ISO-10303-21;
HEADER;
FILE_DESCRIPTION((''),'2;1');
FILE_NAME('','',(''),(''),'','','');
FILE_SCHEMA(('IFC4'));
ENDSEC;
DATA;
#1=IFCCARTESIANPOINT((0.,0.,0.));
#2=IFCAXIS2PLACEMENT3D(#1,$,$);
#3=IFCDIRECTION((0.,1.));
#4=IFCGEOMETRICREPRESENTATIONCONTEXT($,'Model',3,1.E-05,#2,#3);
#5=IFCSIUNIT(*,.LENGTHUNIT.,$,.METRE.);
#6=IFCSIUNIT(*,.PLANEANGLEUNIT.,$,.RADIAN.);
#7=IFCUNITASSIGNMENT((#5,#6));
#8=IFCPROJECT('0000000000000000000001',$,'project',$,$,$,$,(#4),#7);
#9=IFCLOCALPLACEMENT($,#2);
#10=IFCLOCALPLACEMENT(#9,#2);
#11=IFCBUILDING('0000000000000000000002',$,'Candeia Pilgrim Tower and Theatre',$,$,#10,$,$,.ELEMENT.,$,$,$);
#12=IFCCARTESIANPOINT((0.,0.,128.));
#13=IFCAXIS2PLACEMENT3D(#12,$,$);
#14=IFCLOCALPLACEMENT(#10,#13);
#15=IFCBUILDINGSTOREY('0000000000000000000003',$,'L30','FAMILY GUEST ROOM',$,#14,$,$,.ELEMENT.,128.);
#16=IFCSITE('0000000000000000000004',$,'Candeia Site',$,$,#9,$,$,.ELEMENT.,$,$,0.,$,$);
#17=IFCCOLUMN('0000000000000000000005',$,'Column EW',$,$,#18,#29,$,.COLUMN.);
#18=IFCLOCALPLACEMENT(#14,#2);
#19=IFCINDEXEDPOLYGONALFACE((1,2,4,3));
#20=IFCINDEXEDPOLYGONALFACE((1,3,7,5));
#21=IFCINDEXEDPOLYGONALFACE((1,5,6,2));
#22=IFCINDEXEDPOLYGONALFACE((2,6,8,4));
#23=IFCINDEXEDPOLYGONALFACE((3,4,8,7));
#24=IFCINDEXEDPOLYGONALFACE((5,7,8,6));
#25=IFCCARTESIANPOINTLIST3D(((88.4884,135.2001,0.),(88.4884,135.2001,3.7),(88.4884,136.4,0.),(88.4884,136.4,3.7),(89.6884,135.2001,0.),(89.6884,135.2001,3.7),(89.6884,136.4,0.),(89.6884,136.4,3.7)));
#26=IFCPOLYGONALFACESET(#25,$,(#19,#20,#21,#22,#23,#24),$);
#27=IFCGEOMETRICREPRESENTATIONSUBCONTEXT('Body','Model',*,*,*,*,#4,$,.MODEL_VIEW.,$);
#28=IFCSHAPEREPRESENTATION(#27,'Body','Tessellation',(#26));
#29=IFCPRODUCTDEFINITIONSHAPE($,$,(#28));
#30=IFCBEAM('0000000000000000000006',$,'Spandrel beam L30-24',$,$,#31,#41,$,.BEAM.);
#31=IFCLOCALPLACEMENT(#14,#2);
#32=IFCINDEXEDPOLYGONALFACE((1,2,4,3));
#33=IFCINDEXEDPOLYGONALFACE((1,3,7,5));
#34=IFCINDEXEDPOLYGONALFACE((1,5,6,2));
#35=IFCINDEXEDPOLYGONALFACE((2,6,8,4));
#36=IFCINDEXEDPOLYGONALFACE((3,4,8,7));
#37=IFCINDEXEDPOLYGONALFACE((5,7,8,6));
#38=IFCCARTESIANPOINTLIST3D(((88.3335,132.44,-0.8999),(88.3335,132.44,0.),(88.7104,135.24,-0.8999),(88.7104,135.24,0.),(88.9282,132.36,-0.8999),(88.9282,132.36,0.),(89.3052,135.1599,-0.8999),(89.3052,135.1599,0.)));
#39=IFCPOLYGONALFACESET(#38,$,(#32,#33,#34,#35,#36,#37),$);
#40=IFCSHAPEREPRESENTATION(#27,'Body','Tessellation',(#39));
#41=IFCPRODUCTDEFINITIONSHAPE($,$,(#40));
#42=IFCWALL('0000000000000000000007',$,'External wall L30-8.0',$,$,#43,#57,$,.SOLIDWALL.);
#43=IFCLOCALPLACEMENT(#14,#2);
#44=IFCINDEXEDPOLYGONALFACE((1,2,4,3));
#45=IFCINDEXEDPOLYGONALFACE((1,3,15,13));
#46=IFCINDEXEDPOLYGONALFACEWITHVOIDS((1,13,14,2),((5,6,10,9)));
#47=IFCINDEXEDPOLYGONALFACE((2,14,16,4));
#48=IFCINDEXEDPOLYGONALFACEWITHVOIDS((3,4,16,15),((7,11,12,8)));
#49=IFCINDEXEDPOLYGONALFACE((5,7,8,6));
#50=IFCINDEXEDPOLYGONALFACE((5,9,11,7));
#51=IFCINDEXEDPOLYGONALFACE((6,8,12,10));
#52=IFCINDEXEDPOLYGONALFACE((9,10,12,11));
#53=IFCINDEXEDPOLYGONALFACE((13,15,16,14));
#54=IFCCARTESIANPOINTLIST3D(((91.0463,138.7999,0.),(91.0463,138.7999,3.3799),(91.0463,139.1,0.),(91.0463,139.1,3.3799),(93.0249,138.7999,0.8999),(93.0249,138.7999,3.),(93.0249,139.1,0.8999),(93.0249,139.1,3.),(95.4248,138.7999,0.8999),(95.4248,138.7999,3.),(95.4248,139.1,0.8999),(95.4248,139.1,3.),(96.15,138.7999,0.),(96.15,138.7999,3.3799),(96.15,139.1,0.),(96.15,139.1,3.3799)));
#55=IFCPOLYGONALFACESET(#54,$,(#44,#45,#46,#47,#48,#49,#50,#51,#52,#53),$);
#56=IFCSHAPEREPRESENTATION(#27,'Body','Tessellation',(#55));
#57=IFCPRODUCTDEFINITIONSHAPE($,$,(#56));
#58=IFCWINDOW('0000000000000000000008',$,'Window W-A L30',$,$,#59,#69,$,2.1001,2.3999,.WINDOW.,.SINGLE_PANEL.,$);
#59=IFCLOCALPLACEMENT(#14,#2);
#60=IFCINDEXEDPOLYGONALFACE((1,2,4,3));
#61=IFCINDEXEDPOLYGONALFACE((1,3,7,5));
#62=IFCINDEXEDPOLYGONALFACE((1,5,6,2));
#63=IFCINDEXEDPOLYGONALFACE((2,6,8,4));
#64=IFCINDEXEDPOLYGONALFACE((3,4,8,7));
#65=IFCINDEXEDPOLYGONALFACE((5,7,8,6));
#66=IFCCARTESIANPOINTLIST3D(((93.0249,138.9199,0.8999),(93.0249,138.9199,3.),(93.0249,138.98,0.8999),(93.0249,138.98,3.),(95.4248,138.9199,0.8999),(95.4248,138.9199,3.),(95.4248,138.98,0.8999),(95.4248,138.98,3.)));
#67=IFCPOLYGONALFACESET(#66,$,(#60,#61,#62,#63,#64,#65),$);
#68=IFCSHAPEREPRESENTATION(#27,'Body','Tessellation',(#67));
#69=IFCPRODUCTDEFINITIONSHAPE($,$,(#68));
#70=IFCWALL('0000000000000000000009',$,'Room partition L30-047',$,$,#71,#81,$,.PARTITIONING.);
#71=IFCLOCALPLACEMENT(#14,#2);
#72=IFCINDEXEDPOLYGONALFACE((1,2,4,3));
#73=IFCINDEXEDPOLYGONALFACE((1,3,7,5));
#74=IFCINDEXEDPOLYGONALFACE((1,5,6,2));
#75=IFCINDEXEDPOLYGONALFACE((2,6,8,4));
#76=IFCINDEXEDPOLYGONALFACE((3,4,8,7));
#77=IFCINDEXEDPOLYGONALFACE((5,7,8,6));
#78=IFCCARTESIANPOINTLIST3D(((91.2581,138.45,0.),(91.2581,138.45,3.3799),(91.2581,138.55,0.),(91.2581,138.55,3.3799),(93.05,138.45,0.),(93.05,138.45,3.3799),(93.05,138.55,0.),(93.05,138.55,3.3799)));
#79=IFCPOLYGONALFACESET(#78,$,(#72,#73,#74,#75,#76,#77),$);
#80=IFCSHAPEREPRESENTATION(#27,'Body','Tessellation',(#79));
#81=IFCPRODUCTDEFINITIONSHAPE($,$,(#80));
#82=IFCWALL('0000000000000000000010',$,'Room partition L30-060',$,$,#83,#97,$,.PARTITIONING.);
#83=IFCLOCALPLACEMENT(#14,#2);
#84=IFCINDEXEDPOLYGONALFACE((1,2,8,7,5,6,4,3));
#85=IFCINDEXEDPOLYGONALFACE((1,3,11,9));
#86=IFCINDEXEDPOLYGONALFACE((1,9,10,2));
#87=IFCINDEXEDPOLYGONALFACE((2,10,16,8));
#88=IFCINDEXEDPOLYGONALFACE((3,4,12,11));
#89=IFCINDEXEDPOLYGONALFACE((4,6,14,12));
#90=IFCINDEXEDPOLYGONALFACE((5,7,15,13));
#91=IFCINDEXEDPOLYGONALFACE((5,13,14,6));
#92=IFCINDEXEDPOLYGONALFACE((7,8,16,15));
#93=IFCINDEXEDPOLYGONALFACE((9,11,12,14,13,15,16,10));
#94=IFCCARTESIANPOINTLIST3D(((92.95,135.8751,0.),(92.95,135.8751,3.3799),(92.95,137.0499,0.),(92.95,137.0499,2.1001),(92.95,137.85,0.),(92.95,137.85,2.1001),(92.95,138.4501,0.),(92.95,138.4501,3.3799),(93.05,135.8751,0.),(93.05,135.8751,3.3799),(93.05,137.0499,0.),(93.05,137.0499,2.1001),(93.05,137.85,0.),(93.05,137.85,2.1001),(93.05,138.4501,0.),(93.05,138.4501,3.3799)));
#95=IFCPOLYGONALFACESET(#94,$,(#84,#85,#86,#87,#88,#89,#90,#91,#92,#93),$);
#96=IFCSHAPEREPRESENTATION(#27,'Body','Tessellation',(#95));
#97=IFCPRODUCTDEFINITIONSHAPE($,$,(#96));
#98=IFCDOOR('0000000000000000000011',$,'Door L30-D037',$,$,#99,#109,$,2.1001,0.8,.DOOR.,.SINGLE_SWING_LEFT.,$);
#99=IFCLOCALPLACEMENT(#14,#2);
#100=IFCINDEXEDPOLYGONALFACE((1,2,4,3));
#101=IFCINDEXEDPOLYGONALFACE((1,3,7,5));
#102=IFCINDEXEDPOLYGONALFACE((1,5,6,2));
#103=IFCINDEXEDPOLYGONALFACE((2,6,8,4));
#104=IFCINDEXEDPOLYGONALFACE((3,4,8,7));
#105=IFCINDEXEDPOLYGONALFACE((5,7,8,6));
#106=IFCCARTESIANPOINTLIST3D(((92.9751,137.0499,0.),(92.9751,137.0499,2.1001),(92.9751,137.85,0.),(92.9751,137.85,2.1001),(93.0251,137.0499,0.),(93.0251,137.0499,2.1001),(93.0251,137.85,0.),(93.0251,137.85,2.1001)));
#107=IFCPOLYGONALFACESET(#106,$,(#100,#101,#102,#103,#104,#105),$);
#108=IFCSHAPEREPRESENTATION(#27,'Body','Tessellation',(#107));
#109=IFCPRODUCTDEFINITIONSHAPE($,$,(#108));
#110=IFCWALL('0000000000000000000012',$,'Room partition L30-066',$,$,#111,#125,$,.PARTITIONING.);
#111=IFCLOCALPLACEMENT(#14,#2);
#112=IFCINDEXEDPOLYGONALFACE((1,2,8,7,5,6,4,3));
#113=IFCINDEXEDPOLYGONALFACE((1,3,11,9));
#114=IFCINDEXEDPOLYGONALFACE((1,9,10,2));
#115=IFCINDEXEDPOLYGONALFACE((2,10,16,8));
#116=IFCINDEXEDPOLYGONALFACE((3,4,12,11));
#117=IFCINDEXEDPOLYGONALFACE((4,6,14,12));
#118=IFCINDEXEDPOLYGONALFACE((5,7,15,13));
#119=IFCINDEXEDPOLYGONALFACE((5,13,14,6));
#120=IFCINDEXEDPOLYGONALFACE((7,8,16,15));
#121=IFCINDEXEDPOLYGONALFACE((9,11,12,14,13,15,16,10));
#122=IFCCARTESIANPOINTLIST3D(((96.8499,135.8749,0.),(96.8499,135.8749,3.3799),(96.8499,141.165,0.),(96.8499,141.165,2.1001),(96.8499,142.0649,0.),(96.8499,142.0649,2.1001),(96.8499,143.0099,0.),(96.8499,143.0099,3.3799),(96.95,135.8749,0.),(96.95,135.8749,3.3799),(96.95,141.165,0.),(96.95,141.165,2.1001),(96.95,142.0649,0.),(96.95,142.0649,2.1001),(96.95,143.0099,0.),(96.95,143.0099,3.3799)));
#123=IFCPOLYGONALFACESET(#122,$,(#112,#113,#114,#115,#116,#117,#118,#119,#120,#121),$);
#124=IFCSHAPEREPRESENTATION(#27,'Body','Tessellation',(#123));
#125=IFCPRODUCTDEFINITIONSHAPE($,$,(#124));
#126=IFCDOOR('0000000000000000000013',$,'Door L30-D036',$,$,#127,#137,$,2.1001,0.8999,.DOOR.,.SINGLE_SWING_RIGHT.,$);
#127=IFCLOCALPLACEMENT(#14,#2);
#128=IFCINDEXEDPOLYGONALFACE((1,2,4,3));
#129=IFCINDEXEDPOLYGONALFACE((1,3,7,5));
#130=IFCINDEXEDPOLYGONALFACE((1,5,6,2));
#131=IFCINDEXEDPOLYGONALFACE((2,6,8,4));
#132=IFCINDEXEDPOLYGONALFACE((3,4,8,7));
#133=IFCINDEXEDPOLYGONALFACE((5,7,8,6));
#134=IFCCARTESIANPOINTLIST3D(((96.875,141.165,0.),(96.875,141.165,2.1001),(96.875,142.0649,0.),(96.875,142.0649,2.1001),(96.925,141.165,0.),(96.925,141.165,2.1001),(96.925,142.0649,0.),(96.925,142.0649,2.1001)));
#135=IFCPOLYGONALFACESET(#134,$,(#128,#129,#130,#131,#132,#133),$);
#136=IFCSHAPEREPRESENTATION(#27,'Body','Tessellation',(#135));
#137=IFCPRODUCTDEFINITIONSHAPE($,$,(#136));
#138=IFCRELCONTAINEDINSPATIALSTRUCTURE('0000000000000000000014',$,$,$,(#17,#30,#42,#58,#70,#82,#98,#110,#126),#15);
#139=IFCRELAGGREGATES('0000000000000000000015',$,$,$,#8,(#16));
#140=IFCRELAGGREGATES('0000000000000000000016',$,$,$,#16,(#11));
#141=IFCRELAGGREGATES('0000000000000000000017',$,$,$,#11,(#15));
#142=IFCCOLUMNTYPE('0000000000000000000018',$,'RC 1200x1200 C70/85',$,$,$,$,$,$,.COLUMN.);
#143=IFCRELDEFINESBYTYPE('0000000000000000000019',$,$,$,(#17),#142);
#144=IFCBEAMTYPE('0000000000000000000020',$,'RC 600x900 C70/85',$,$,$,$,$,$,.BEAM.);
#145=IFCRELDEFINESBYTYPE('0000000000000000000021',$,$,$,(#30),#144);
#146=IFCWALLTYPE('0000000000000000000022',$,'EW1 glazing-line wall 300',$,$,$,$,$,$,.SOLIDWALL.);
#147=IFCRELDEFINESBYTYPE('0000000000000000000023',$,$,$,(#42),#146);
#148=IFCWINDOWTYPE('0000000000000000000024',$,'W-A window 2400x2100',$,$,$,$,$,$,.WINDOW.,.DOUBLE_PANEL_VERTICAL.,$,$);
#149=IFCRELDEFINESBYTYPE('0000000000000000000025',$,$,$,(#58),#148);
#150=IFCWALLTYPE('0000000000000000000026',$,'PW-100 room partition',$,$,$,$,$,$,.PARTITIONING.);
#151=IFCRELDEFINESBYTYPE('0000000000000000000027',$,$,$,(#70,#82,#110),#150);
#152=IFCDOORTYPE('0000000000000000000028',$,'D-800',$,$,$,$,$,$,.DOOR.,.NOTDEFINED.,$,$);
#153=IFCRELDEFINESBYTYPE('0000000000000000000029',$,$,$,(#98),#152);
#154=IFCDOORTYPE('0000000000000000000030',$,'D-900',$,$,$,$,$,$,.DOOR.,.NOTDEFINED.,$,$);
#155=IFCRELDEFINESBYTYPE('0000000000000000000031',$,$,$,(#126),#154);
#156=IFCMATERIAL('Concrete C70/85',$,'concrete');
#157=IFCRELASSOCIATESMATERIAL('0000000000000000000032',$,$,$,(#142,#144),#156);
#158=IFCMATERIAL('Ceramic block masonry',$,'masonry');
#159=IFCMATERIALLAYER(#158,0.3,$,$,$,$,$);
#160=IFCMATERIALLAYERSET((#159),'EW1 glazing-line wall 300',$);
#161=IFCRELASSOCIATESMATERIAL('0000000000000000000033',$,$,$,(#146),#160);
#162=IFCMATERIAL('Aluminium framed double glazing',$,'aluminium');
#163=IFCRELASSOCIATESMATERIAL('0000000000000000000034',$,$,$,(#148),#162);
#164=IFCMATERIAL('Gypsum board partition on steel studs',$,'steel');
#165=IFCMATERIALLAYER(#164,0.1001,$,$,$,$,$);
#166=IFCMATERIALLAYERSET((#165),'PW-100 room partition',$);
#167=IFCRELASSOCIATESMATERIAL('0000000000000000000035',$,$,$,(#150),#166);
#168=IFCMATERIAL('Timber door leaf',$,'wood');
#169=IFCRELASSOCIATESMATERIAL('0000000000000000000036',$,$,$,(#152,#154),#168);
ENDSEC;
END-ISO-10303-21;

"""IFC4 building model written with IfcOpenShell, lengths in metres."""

from ifc_helpers import new_model, si_unit, direction, frame, frame_2d, origin, origin_2d, place, context, subcontext, project, spatial, rectangle, extrude, material, layer, layer_set, material_profile, profile_set, type_object, element, fill, save


model = new_model("IFC4")

# Units and contexts
model_context = context("Model", 3, precision=1e-05, world=origin(), true_north=direction((0.0, 1.0)))
body_context = subcontext(model_context, "Body", "Model", "MODEL_VIEW")
ifc_project = project(units=[si_unit("LENGTHUNIT", "METRE"), si_unit("PLANEANGLEUNIT", "RADIAN")], contexts=[model_context])

# Site, building, storey
site_placement = place(None, origin())
site = spatial("IfcSite", under=ifc_project, at=site_placement, Name="Candeia Site", CompositionType="ELEMENT", RefElevation=0.0)
building_placement = place(site_placement, origin())
building = spatial("IfcBuilding", under=site, at=building_placement, Name="Candeia Pilgrim Tower and Theatre", CompositionType="ELEMENT")
storey_placement = place(building_placement, frame((0.0, 0.0, 128.0)))
storey = spatial("IfcBuildingStorey", under=building, at=storey_placement, Name="L30", Description="FAMILY GUEST ROOM", CompositionType="ELEMENT", Elevation=128.0)

# Column
ifc_material_1 = material(Name="Concrete C70/85", Category="concrete")
ifc_material_profile_1 = material_profile(ifc_material_1, rectangle(XDim=1.2, YDim=1.2, at=origin_2d()))
ifc_profile_set_1 = profile_set([ifc_material_profile_1], Name="Concrete C70/85")
column_type = type_object("IfcColumnType", Name="RC 1200x1200 C70/85", PredefinedType="COLUMN", material=ifc_profile_set_1)
column_placement = place(storey_placement, frame((89.0884, 135.8, 0.0), z_axis=(0.0, 0.0, 1.0), x_axis=(1.0, 0.0, 0.0)))
element("IfcColumn", 1, at=column_placement, inside=storey, type_object=column_type, Name="Column EW", PredefinedType="COLUMN", context=body_context, shape_type="SweptSolid", body=[
    extrude(rectangle(XDim=1.2, YDim=1.2, at=origin_2d()), origin(), (0.0, 0.0, 1.0), 3.7),
])

# Beam
ifc_material_profile_2 = material_profile(ifc_material_1, rectangle(XDim=0.6001, YDim=0.8999, at=origin_2d()))
ifc_profile_set_2 = profile_set([ifc_material_profile_2], Name="Concrete C70/85")
beam_type = type_object("IfcBeamType", Name="RC 600x900 C70/85", PredefinedType="BEAM", material=ifc_profile_set_2)
beam_placement = place(storey_placement, frame((89.0078, 135.2, -0.45), z_axis=(-0.13342, -0.99106, 0.0), x_axis=(0.99106, -0.13342, 0.0)))
element("IfcBeam", 2, at=beam_placement, inside=storey, type_object=beam_type, Name="Spandrel beam L30-24", PredefinedType="BEAM", context=body_context, shape_type="SweptSolid", body=[
    extrude(rectangle(XDim=0.6001, YDim=0.8999, at=origin_2d()), origin(), (0.0, 0.0, 1.0), 2.8252),
])

# Wall, opening, window
ifc_material_2 = material(Name="Ceramic block masonry", Category="masonry")
ifc_layer_1 = layer(ifc_material_2, 0.3)
ifc_layer_set_1 = layer_set([ifc_layer_1], Name="EW1 glazing-line wall 300")
wall_type_1 = type_object("IfcWallType", Name="EW1 glazing-line wall 300", PredefinedType="SOLIDWALL", material=ifc_layer_set_1)
wall_1_placement = place(storey_placement, frame((96.1499, 138.95, 0.0), z_axis=(0.0, 0.0, 1.0), x_axis=(-1.0, 0.0, 0.0)))
wall_1 = element("IfcWall", 3, at=wall_1_placement, inside=storey, type_object=wall_type_1, Name="External wall L30-8.0", PredefinedType="SOLIDWALL", context=body_context, shape_type="SweptSolid", body=[
    extrude(rectangle(XDim=5.1038, YDim=0.3, at=frame_2d((2.5518, 0.0))), origin(), (0.0, 0.0, 1.0), 3.3799),
])
opening_1_placement = place(wall_1_placement, frame((0.7251, 0.0, 0.8999)))
opening_1 = element("IfcOpeningElement", 4, at=opening_1_placement, cuts=wall_1, PredefinedType="OPENING", context=body_context, shape_type="SweptSolid", body=[
    extrude(rectangle(XDim=2.3999, YDim=2.1001, at=frame_2d((1.2, 1.05))), frame((0.0, 0.1602, 0.0), z_axis=(0.0, -1.0, 0.0), x_axis=(1.0, 0.0, 0.0)), (0.0, 0.0, 1.0), 0.3201),
])
ifc_material_3 = material(Name="Aluminium framed double glazing", Category="aluminium")
window_type_1 = type_object("IfcWindowType", Name="W-A window 2400x2100", PartitioningType="DOUBLE_PANEL_VERTICAL", PredefinedType="WINDOW", material=ifc_material_3)
window_1_placement = place(opening_1_placement, origin())
window_1 = element("IfcWindow", 5, at=window_1_placement, inside=storey, type_object=window_type_1, Name="Window W-A L30", OverallHeight=2.1001, OverallWidth=2.3999, PartitioningType="SINGLE_PANEL", PredefinedType="WINDOW", context=body_context, shape_type="SweptSolid", body=[
    extrude(rectangle(XDim=2.3999, YDim=2.1001, at=frame_2d((1.2, 1.05))), frame((0.0, 0.03, 0.0), z_axis=(0.0, -1.0, 0.0), x_axis=(1.0, 0.0, 0.0)), (0.0, 0.0, 1.0), 0.0601),
])
fill(opening_1, window_1)

# Wall
ifc_material_4 = material(Name="Gypsum board partition on steel studs", Category="steel")
ifc_layer_2 = layer(ifc_material_4, 0.1001)
ifc_layer_set_2 = layer_set([ifc_layer_2], Name="PW-100 room partition")
wall_type_2 = type_object("IfcWallType", Name="PW-100 room partition", PredefinedType="PARTITIONING", material=ifc_layer_set_2)
wall_2_placement = place(storey_placement, frame((91.2581, 138.5, 0.0), z_axis=(0.0, 0.0, 1.0), x_axis=(1.0, 0.0, 0.0)))
element("IfcWall", 6, at=wall_2_placement, inside=storey, type_object=wall_type_2, Name="Room partition L30-047", PredefinedType="PARTITIONING", context=body_context, shape_type="SweptSolid", body=[
    extrude(rectangle(XDim=1.792, YDim=0.1001, at=frame_2d((0.896, 0.0))), origin(), (0.0, 0.0, 1.0), 3.3799),
])

# Walls, openings, doors
wall_3_placement = place(storey_placement, frame((93.0, 135.875, 0.0), z_axis=(0.0, 0.0, 1.0), x_axis=(0.0, 1.0, 0.0)))
wall_3 = element("IfcWall", 7, at=wall_3_placement, inside=storey, type_object=wall_type_2, Name="Room partition L30-060", PredefinedType="PARTITIONING", context=body_context, shape_type="SweptSolid", body=[
    extrude(rectangle(XDim=2.575, YDim=0.1001, at=frame_2d((1.2876, 0.0))), origin(), (0.0, 0.0, 1.0), 3.3799),
])
opening_2_placement = place(wall_3_placement, frame((1.175, 0.0, 0.0)))
opening_2 = element("IfcOpeningElement", 8, at=opening_2_placement, cuts=wall_3, PredefinedType="OPENING", context=body_context, shape_type="SweptSolid", body=[
    extrude(rectangle(XDim=0.8, YDim=2.1001, at=frame_2d((0.3999, 1.05))), frame((0.0, 0.0601, 0.0), z_axis=(0.0, -1.0, 0.0), x_axis=(1.0, 0.0, 0.0)), (0.0, 0.0, 1.0), 0.1201),
])
ifc_material_5 = material(Name="Timber door leaf", Category="wood")
door_type_1 = type_object("IfcDoorType", Name="D-800", OperationType="NOTDEFINED", PredefinedType="DOOR", material=ifc_material_5)
door_1_placement = place(opening_2_placement, origin())
door_1 = element("IfcDoor", 9, at=door_1_placement, inside=storey, type_object=door_type_1, Name="Door L30-D037", OperationType="SINGLE_SWING_LEFT", OverallHeight=2.1001, OverallWidth=0.8, PredefinedType="DOOR", context=body_context, shape_type="SweptSolid", body=[
    extrude(rectangle(XDim=0.8, YDim=2.1001, at=frame_2d((0.3999, 1.05))), frame((0.0, 0.0249, 0.0), z_axis=(0.0, -1.0, 0.0), x_axis=(1.0, 0.0, 0.0)), (0.0, 0.0, 1.0), 0.05),
])
fill(opening_2, door_1)
wall_4_placement = place(storey_placement, frame((96.8999, 135.875, 0.0), z_axis=(0.0, 0.0, 1.0), x_axis=(0.0, 1.0, 0.0)))
wall_4 = element("IfcWall", 10, at=wall_4_placement, inside=storey, type_object=wall_type_2, Name="Room partition L30-066", PredefinedType="PARTITIONING", context=body_context, shape_type="SweptSolid", body=[
    extrude(rectangle(XDim=7.135, YDim=0.1001, at=frame_2d((3.5674, 0.0))), origin(), (0.0, 0.0, 1.0), 3.3799),
])
opening_3_placement = place(wall_4_placement, frame((5.29, 0.0, 0.0)))
opening_3 = element("IfcOpeningElement", 11, at=opening_3_placement, cuts=wall_4, PredefinedType="OPENING", context=body_context, shape_type="SweptSolid", body=[
    extrude(rectangle(XDim=0.8999, YDim=2.1001, at=frame_2d((0.45, 1.05))), frame((0.0, 0.0601, 0.0), z_axis=(0.0, -1.0, 0.0), x_axis=(1.0, 0.0, 0.0)), (0.0, 0.0, 1.0), 0.1201),
])
door_type_2 = type_object("IfcDoorType", Name="D-900", OperationType="NOTDEFINED", PredefinedType="DOOR", material=ifc_material_5)
door_2_placement = place(opening_3_placement, origin())
door_2 = element("IfcDoor", 12, at=door_2_placement, inside=storey, type_object=door_type_2, Name="Door L30-D036", OperationType="SINGLE_SWING_RIGHT", OverallHeight=2.1001, OverallWidth=0.8999, PredefinedType="DOOR", context=body_context, shape_type="SweptSolid", body=[
    extrude(rectangle(XDim=0.8999, YDim=2.1001, at=frame_2d((0.45, 1.05))), frame((0.0, 0.0249, 0.0), z_axis=(0.0, -1.0, 0.0), x_axis=(1.0, 0.0, 0.0)), (0.0, 0.0, 1.0), 0.05),
])
fill(opening_3, door_2)

save(model, "model.ifc")
